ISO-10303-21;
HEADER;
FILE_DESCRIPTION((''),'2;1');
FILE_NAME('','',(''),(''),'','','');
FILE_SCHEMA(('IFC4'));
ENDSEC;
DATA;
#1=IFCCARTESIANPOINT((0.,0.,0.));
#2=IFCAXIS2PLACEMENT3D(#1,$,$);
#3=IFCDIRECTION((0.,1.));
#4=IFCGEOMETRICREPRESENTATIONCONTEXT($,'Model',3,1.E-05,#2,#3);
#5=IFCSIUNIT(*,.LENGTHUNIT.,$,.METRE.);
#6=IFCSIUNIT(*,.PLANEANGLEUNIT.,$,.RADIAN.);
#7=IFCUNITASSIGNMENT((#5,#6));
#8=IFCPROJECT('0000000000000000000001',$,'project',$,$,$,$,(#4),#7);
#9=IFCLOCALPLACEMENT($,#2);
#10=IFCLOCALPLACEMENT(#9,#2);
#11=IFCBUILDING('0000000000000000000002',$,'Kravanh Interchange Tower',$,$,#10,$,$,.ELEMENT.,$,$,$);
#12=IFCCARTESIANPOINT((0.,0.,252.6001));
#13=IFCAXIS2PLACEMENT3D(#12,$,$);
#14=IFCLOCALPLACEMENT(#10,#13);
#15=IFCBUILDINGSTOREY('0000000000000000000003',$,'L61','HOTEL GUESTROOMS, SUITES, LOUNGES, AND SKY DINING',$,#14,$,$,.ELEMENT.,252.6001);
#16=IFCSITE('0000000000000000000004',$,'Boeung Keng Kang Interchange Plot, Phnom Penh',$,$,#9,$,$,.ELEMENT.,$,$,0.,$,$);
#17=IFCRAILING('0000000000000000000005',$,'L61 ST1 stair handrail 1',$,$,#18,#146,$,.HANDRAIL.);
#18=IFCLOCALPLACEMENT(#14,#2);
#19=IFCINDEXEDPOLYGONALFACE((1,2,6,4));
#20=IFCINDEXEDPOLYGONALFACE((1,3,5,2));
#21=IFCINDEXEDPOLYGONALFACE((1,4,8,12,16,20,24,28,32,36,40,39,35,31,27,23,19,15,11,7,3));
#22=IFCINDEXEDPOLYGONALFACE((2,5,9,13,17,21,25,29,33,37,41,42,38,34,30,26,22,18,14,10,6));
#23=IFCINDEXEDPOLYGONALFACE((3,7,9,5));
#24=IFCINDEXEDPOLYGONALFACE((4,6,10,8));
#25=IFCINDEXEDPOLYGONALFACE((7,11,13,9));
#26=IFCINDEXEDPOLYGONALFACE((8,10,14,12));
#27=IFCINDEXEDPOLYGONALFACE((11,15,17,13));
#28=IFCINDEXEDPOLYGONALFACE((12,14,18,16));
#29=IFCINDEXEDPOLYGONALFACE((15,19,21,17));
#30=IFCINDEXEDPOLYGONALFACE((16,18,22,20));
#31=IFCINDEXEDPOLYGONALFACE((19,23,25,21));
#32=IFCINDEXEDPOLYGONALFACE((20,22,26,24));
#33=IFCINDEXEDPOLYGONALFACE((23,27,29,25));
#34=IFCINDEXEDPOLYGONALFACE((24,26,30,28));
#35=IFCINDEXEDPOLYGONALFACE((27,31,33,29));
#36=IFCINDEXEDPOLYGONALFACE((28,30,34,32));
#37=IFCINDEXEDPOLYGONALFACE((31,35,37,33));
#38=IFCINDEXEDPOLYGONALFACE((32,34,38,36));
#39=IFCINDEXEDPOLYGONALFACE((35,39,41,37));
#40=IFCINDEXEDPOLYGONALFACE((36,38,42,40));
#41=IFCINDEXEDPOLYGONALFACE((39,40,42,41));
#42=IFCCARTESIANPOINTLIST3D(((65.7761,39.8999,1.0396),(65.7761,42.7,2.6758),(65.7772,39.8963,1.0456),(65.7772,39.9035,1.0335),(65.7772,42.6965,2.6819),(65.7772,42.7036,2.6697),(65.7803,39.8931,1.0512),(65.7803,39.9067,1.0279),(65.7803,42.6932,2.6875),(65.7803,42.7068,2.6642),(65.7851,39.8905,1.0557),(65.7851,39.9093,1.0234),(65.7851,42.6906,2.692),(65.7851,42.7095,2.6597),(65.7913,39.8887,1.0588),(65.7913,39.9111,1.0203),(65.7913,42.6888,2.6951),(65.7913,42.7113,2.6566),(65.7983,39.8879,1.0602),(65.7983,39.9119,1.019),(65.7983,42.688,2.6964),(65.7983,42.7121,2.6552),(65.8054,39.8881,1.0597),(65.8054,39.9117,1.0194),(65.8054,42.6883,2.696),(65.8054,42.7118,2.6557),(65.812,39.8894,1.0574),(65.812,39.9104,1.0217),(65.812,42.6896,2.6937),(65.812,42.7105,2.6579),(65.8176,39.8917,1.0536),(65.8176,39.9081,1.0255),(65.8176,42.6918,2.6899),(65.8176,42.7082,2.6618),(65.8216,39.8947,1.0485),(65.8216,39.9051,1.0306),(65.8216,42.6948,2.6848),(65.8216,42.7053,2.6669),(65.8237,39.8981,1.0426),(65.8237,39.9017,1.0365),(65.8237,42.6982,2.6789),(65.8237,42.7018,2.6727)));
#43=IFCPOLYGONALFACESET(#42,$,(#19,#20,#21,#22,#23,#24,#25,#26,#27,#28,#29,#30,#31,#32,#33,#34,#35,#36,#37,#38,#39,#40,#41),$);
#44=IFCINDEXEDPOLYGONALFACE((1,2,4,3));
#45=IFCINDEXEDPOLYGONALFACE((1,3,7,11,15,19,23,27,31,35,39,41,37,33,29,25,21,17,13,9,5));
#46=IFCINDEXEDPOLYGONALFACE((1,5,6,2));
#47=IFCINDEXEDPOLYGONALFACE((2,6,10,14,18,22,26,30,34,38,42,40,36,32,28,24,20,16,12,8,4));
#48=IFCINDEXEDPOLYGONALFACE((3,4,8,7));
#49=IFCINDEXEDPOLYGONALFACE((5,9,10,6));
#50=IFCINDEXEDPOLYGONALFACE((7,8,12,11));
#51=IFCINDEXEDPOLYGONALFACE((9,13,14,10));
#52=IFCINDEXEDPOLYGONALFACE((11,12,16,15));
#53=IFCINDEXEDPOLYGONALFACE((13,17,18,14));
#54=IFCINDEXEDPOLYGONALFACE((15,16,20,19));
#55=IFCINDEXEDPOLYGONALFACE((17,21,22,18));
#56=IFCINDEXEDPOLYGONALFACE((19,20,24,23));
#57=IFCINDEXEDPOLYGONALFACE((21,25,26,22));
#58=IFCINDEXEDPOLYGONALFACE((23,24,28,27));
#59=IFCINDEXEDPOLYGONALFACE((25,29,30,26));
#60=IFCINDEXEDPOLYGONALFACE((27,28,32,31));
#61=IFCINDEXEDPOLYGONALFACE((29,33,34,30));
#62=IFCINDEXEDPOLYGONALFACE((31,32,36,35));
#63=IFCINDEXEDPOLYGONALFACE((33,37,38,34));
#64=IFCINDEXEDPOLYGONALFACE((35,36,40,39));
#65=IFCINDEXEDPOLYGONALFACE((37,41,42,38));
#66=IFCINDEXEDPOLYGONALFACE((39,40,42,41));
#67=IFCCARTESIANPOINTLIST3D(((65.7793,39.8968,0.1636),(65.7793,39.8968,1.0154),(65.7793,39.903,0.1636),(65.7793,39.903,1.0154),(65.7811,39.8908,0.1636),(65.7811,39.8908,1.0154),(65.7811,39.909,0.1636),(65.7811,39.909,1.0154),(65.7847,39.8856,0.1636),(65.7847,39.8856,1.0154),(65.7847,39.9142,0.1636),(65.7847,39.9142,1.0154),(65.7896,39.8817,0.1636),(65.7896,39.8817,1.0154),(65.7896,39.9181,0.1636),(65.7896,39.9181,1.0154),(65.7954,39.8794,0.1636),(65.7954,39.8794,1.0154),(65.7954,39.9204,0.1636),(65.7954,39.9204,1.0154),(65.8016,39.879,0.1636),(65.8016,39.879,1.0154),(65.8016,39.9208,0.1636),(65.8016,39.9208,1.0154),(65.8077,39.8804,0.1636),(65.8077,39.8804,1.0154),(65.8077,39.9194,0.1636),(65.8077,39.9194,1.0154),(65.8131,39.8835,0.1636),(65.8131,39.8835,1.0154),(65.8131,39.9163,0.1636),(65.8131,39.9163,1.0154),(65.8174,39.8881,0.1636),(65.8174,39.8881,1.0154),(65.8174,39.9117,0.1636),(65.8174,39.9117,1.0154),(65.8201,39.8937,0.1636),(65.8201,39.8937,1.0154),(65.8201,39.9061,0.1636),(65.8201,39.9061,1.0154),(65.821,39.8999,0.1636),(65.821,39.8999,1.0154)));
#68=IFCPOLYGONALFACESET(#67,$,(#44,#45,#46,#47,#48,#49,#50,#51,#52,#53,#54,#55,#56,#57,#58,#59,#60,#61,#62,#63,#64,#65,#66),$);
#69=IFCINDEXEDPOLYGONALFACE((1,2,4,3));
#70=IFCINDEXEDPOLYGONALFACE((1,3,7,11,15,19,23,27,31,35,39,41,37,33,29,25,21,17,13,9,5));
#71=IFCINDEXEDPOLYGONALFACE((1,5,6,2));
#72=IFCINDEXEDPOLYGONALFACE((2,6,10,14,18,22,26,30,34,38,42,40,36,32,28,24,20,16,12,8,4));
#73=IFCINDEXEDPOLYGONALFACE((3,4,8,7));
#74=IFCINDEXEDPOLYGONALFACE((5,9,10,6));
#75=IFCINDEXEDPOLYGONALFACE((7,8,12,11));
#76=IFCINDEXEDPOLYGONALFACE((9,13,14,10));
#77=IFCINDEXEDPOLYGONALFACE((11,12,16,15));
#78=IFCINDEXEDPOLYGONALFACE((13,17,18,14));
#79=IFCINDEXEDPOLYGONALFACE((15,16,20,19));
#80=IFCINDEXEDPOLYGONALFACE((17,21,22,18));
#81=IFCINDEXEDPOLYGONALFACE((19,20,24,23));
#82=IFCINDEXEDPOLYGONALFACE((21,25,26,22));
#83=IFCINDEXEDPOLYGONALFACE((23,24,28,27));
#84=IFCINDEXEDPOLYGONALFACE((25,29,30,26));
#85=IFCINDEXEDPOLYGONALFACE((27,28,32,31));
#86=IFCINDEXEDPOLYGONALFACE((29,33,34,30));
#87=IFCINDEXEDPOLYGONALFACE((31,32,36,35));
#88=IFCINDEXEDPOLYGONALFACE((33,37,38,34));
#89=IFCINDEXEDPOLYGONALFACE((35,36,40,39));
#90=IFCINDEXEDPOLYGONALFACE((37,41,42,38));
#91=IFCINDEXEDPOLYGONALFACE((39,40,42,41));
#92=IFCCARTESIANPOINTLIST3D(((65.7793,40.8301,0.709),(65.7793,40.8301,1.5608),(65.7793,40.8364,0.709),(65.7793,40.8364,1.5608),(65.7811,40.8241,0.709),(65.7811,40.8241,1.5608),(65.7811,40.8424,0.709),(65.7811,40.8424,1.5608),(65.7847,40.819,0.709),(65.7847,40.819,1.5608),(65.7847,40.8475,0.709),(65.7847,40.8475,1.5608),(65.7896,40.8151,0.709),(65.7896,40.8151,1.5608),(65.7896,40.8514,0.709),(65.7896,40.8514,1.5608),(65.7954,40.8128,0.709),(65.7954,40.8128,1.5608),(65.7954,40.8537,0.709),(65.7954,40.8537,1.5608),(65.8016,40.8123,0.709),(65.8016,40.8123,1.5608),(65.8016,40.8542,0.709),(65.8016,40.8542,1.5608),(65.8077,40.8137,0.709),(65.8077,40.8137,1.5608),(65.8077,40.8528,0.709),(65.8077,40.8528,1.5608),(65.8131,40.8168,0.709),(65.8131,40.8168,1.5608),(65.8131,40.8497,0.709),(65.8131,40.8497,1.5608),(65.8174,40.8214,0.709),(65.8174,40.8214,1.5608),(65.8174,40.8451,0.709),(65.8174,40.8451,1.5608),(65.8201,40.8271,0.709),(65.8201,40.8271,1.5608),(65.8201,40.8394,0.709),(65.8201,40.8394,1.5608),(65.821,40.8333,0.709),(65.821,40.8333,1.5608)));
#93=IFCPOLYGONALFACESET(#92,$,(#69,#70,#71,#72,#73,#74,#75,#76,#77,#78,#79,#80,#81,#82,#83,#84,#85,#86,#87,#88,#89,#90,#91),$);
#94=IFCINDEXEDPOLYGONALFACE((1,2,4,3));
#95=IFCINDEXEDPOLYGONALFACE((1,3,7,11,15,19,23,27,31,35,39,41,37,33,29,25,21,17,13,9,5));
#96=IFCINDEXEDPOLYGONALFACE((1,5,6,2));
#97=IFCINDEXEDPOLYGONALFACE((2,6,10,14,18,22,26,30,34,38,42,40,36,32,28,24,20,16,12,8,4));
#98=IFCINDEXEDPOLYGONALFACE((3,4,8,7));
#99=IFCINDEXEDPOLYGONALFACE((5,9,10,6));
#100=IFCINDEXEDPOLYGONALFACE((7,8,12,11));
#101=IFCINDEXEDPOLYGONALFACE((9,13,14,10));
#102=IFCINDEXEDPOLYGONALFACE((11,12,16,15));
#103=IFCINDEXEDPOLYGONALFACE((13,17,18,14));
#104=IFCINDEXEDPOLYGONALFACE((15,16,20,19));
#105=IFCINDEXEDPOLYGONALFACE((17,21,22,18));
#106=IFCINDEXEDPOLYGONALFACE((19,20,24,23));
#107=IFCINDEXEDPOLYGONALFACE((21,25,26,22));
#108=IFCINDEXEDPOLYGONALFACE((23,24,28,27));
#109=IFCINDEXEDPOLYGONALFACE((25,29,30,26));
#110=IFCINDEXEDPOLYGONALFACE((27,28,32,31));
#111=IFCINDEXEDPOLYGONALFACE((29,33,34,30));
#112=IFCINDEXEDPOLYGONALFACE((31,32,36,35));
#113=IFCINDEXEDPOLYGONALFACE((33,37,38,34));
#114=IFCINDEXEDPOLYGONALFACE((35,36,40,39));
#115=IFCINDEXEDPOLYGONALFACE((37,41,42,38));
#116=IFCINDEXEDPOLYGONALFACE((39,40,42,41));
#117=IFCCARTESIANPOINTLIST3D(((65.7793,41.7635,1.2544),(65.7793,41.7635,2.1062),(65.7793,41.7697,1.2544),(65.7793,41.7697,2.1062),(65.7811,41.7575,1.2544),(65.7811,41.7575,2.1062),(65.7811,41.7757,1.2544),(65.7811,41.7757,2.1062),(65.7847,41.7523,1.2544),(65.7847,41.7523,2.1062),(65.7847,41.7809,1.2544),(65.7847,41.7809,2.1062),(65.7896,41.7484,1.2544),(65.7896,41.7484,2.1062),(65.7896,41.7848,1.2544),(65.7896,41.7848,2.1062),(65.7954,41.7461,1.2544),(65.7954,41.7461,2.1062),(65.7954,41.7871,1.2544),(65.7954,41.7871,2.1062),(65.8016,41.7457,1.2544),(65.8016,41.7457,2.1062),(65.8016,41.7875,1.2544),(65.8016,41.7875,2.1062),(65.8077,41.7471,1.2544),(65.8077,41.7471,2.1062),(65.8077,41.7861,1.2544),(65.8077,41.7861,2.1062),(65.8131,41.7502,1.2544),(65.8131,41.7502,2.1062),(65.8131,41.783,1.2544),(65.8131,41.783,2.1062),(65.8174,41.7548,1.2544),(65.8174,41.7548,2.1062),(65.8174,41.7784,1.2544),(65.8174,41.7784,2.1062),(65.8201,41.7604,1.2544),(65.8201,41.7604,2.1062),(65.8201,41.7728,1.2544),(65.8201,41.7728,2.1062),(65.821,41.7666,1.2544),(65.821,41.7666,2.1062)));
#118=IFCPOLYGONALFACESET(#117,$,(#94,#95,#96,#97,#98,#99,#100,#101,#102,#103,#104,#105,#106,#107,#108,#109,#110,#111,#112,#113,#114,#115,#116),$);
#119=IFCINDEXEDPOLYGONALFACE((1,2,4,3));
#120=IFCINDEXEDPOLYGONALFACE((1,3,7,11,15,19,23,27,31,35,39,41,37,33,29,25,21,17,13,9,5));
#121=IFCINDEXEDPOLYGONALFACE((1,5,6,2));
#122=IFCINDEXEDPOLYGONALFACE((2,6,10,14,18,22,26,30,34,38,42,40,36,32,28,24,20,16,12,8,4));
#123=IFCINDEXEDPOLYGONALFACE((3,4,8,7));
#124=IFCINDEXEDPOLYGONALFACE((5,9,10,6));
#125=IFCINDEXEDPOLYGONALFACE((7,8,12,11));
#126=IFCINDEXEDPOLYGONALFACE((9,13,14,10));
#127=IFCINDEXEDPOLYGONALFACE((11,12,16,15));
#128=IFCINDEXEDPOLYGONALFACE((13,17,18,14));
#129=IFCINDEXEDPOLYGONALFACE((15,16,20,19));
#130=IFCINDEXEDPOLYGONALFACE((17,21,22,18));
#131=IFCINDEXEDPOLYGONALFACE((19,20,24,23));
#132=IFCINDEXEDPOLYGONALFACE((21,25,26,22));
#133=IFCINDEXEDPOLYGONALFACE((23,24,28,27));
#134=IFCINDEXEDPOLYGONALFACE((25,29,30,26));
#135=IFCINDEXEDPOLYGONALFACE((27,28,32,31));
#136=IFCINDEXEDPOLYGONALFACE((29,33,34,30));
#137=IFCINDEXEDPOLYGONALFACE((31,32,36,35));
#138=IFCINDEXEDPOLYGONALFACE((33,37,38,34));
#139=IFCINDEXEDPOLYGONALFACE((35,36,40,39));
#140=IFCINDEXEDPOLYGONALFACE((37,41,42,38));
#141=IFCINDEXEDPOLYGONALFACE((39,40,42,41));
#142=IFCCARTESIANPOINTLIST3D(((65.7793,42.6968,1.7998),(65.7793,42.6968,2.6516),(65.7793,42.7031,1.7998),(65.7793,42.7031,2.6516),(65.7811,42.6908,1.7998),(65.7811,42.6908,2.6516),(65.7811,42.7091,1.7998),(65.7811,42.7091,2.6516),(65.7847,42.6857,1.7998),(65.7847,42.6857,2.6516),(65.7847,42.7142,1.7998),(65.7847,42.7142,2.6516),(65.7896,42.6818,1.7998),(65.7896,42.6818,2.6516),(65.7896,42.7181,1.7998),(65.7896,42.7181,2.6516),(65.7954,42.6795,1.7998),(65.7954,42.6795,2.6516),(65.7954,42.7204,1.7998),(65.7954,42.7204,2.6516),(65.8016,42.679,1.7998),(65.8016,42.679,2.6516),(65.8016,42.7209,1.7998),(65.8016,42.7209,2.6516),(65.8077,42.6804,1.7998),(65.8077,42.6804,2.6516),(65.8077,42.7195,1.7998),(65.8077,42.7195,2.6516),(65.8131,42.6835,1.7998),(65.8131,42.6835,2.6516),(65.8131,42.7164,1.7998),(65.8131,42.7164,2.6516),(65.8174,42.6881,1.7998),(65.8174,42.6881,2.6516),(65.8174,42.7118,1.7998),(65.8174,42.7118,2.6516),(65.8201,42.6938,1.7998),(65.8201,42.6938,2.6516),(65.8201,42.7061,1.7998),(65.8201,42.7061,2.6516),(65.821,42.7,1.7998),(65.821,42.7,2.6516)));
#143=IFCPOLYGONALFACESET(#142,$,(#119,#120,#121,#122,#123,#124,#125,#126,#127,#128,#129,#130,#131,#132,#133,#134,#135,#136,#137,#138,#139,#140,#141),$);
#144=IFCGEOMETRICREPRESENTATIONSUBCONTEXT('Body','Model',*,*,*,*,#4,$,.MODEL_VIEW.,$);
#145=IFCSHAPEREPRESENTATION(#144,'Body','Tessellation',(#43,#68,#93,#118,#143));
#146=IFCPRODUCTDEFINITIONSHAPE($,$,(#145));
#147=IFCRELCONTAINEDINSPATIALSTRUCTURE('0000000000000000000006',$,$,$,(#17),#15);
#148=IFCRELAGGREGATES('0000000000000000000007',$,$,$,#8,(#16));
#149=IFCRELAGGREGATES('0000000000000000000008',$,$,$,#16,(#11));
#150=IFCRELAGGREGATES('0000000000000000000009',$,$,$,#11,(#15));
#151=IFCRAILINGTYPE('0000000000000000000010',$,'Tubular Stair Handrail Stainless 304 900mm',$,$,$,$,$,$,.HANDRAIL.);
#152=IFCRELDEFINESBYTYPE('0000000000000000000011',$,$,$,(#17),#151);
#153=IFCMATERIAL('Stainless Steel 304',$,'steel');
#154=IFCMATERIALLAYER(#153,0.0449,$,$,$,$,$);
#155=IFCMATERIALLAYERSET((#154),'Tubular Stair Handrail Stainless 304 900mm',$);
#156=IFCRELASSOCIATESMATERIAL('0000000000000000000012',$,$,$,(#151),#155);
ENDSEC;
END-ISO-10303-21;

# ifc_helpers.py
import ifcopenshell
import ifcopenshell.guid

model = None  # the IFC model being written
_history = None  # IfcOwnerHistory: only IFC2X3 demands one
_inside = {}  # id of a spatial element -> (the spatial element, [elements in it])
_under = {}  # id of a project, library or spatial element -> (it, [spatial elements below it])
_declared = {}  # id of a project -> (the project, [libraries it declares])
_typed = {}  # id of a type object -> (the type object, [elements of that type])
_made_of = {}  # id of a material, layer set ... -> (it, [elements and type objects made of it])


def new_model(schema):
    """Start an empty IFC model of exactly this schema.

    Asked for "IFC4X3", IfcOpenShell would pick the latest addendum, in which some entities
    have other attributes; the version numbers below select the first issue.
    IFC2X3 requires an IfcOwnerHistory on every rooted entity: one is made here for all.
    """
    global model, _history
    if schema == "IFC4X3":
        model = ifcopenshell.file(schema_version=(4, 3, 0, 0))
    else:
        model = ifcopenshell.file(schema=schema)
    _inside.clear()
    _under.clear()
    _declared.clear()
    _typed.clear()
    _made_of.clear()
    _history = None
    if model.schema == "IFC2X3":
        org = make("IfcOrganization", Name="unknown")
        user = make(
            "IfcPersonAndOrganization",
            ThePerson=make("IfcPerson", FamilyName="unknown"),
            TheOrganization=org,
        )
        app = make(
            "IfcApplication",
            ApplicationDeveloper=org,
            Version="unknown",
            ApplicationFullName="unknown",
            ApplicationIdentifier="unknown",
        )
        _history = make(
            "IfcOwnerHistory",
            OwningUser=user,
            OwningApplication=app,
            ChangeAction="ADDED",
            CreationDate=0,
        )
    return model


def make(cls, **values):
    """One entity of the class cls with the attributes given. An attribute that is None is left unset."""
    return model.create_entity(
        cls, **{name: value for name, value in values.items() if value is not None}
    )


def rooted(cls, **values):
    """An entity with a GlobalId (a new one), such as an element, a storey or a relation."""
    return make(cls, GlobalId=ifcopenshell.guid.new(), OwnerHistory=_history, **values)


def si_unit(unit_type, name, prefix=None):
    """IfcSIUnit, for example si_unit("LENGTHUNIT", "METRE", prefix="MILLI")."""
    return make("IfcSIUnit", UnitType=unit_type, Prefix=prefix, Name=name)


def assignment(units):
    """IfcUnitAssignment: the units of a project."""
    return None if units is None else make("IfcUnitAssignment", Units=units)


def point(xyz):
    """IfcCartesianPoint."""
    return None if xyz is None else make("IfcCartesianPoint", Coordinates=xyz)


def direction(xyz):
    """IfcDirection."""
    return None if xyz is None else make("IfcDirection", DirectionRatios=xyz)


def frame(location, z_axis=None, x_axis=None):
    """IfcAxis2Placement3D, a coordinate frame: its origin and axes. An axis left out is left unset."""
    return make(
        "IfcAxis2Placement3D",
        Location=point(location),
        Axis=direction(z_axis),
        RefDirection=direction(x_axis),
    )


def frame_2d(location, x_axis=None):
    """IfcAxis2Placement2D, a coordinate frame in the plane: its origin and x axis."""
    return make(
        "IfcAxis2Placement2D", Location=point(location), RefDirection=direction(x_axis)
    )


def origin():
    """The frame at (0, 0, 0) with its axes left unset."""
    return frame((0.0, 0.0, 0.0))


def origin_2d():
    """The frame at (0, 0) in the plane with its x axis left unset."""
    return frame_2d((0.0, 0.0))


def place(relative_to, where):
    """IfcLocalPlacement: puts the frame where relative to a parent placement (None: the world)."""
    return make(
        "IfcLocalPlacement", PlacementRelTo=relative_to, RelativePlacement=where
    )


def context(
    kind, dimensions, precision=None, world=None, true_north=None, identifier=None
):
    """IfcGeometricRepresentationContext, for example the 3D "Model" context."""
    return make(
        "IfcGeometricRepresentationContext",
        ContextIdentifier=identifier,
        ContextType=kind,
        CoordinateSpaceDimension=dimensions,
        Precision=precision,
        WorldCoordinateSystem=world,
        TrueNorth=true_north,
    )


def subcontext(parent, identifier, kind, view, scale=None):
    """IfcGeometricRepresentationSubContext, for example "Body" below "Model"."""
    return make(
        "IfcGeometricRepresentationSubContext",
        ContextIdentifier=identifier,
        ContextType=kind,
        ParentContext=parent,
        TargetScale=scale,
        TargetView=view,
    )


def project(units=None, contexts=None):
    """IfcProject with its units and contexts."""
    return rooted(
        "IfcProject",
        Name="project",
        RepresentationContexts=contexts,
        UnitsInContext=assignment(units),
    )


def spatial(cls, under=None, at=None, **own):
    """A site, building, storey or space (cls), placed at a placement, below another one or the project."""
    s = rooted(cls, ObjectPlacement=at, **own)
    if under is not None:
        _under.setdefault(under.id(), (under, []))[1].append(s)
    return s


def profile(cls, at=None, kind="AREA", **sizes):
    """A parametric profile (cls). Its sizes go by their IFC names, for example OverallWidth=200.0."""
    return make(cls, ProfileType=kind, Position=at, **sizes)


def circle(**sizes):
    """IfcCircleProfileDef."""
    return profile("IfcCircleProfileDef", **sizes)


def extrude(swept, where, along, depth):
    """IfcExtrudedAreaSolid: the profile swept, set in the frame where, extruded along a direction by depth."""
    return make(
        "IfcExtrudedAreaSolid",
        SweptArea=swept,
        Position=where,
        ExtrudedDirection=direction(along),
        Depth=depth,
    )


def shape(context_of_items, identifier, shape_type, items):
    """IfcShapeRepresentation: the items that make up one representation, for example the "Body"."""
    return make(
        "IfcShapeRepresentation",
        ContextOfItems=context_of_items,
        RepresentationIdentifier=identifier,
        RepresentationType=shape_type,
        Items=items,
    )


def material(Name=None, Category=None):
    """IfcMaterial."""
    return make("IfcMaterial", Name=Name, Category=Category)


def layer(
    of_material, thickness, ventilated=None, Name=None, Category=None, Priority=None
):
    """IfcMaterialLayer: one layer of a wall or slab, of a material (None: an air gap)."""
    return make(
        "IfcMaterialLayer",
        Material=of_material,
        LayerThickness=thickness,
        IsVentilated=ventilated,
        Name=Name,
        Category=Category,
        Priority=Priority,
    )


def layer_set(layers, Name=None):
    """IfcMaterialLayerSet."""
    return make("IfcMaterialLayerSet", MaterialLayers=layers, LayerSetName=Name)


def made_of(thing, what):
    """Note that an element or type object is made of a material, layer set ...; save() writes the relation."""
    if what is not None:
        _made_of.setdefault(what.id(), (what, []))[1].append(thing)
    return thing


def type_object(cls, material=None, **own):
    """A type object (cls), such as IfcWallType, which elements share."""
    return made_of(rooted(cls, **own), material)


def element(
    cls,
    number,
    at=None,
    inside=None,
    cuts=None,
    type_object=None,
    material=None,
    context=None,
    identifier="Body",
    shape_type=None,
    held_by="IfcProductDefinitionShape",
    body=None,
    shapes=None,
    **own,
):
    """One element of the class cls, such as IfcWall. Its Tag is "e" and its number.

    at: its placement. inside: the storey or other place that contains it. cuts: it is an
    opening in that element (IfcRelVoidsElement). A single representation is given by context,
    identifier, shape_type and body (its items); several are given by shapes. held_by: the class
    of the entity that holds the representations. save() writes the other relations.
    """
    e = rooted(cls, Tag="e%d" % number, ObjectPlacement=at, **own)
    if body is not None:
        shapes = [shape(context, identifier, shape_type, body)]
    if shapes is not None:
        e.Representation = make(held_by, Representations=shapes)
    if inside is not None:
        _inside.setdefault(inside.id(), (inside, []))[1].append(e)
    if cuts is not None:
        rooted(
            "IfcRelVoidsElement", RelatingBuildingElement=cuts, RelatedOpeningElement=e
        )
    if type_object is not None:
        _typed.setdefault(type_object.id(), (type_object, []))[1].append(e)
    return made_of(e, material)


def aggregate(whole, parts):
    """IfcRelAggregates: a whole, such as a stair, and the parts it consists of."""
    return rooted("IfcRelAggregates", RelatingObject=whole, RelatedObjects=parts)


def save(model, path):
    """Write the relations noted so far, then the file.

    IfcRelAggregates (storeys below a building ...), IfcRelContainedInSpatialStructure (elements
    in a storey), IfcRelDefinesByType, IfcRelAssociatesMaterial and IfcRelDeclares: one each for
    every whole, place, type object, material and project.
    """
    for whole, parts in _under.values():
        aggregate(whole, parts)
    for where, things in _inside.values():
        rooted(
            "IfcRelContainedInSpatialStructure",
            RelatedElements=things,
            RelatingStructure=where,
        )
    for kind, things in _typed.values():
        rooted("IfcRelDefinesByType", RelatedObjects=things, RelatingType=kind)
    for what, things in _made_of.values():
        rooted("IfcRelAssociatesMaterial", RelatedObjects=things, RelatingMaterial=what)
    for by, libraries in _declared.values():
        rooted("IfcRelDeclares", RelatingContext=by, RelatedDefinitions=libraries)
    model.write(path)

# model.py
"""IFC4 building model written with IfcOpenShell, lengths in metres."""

from ifc_helpers import new_model, si_unit, direction, frame, origin, origin_2d, place, context, subcontext, project, spatial, circle, extrude, material, layer, layer_set, type_object, element, save


model = new_model("IFC4")

# Units and contexts
model_context = context("Model", 3, precision=1e-05, world=origin(), true_north=direction((0.0, 1.0)))
body_context = subcontext(model_context, "Body", "Model", "MODEL_VIEW")
ifc_project = project(units=[si_unit("LENGTHUNIT", "METRE"), si_unit("PLANEANGLEUNIT", "RADIAN")], contexts=[model_context])

# Site, building, storey
site_placement = place(None, origin())
site = spatial("IfcSite", under=ifc_project, at=site_placement, Name="Boeung Keng Kang Interchange Plot, Phnom Penh", CompositionType="ELEMENT", RefElevation=0.0)
building_placement = place(site_placement, origin())
building = spatial("IfcBuilding", under=site, at=building_placement, Name="Kravanh Interchange Tower", CompositionType="ELEMENT")
storey_placement = place(building_placement, frame((0.0, 0.0, 252.6001)))
storey = spatial("IfcBuildingStorey", under=building, at=storey_placement, Name="L61", Description="HOTEL GUESTROOMS, SUITES, LOUNGES, AND SKY DINING", CompositionType="ELEMENT", Elevation=252.6001)

# Railing
ifc_material_1 = material(Name="Stainless Steel 304", Category="steel")
ifc_layer_1 = layer(ifc_material_1, 0.0449)
ifc_layer_set_1 = layer_set([ifc_layer_1], Name="Tubular Stair Handrail Stainless 304 900mm")
railing_type_1 = type_object("IfcRailingType", Name="Tubular Stair Handrail Stainless 304 900mm", PredefinedType="HANDRAIL", material=ifc_layer_set_1)
railing_1_placement = place(storey_placement, frame((65.8, 39.8999, 0.1636)))
element("IfcRailing", 1, at=railing_1_placement, inside=storey, type_object=railing_type_1, Name="L61 ST1 stair handrail 1", PredefinedType="HANDRAIL", context=body_context, shape_type="SweptSolid", body=[
    extrude(circle(Radius=0.0239, at=origin_2d()), frame((0.0, 0.0, 0.876), z_axis=(0.0, 0.863394, 0.504531), x_axis=(-1.0, 0.0, 0.0)), (0.0, 0.0, 1.0), 3.2432),
    extrude(circle(Radius=0.021, at=origin_2d()), origin(), (0.0, 0.0, 1.0), 0.8518),
    extrude(circle(Radius=0.021, at=origin_2d()), frame((0.0, 0.9333, 0.5454)), (0.0, 0.0, 1.0), 0.8518),
    extrude(circle(Radius=0.021, at=origin_2d()), frame((0.0, 1.8667, 1.0908)), (0.0, 0.0, 1.0), 0.8518),
    extrude(circle(Radius=0.021, at=origin_2d()), frame((0.0, 2.8, 1.6362)), (0.0, 0.0, 1.0), 0.8518),
])

save(model, "model.ifc")
